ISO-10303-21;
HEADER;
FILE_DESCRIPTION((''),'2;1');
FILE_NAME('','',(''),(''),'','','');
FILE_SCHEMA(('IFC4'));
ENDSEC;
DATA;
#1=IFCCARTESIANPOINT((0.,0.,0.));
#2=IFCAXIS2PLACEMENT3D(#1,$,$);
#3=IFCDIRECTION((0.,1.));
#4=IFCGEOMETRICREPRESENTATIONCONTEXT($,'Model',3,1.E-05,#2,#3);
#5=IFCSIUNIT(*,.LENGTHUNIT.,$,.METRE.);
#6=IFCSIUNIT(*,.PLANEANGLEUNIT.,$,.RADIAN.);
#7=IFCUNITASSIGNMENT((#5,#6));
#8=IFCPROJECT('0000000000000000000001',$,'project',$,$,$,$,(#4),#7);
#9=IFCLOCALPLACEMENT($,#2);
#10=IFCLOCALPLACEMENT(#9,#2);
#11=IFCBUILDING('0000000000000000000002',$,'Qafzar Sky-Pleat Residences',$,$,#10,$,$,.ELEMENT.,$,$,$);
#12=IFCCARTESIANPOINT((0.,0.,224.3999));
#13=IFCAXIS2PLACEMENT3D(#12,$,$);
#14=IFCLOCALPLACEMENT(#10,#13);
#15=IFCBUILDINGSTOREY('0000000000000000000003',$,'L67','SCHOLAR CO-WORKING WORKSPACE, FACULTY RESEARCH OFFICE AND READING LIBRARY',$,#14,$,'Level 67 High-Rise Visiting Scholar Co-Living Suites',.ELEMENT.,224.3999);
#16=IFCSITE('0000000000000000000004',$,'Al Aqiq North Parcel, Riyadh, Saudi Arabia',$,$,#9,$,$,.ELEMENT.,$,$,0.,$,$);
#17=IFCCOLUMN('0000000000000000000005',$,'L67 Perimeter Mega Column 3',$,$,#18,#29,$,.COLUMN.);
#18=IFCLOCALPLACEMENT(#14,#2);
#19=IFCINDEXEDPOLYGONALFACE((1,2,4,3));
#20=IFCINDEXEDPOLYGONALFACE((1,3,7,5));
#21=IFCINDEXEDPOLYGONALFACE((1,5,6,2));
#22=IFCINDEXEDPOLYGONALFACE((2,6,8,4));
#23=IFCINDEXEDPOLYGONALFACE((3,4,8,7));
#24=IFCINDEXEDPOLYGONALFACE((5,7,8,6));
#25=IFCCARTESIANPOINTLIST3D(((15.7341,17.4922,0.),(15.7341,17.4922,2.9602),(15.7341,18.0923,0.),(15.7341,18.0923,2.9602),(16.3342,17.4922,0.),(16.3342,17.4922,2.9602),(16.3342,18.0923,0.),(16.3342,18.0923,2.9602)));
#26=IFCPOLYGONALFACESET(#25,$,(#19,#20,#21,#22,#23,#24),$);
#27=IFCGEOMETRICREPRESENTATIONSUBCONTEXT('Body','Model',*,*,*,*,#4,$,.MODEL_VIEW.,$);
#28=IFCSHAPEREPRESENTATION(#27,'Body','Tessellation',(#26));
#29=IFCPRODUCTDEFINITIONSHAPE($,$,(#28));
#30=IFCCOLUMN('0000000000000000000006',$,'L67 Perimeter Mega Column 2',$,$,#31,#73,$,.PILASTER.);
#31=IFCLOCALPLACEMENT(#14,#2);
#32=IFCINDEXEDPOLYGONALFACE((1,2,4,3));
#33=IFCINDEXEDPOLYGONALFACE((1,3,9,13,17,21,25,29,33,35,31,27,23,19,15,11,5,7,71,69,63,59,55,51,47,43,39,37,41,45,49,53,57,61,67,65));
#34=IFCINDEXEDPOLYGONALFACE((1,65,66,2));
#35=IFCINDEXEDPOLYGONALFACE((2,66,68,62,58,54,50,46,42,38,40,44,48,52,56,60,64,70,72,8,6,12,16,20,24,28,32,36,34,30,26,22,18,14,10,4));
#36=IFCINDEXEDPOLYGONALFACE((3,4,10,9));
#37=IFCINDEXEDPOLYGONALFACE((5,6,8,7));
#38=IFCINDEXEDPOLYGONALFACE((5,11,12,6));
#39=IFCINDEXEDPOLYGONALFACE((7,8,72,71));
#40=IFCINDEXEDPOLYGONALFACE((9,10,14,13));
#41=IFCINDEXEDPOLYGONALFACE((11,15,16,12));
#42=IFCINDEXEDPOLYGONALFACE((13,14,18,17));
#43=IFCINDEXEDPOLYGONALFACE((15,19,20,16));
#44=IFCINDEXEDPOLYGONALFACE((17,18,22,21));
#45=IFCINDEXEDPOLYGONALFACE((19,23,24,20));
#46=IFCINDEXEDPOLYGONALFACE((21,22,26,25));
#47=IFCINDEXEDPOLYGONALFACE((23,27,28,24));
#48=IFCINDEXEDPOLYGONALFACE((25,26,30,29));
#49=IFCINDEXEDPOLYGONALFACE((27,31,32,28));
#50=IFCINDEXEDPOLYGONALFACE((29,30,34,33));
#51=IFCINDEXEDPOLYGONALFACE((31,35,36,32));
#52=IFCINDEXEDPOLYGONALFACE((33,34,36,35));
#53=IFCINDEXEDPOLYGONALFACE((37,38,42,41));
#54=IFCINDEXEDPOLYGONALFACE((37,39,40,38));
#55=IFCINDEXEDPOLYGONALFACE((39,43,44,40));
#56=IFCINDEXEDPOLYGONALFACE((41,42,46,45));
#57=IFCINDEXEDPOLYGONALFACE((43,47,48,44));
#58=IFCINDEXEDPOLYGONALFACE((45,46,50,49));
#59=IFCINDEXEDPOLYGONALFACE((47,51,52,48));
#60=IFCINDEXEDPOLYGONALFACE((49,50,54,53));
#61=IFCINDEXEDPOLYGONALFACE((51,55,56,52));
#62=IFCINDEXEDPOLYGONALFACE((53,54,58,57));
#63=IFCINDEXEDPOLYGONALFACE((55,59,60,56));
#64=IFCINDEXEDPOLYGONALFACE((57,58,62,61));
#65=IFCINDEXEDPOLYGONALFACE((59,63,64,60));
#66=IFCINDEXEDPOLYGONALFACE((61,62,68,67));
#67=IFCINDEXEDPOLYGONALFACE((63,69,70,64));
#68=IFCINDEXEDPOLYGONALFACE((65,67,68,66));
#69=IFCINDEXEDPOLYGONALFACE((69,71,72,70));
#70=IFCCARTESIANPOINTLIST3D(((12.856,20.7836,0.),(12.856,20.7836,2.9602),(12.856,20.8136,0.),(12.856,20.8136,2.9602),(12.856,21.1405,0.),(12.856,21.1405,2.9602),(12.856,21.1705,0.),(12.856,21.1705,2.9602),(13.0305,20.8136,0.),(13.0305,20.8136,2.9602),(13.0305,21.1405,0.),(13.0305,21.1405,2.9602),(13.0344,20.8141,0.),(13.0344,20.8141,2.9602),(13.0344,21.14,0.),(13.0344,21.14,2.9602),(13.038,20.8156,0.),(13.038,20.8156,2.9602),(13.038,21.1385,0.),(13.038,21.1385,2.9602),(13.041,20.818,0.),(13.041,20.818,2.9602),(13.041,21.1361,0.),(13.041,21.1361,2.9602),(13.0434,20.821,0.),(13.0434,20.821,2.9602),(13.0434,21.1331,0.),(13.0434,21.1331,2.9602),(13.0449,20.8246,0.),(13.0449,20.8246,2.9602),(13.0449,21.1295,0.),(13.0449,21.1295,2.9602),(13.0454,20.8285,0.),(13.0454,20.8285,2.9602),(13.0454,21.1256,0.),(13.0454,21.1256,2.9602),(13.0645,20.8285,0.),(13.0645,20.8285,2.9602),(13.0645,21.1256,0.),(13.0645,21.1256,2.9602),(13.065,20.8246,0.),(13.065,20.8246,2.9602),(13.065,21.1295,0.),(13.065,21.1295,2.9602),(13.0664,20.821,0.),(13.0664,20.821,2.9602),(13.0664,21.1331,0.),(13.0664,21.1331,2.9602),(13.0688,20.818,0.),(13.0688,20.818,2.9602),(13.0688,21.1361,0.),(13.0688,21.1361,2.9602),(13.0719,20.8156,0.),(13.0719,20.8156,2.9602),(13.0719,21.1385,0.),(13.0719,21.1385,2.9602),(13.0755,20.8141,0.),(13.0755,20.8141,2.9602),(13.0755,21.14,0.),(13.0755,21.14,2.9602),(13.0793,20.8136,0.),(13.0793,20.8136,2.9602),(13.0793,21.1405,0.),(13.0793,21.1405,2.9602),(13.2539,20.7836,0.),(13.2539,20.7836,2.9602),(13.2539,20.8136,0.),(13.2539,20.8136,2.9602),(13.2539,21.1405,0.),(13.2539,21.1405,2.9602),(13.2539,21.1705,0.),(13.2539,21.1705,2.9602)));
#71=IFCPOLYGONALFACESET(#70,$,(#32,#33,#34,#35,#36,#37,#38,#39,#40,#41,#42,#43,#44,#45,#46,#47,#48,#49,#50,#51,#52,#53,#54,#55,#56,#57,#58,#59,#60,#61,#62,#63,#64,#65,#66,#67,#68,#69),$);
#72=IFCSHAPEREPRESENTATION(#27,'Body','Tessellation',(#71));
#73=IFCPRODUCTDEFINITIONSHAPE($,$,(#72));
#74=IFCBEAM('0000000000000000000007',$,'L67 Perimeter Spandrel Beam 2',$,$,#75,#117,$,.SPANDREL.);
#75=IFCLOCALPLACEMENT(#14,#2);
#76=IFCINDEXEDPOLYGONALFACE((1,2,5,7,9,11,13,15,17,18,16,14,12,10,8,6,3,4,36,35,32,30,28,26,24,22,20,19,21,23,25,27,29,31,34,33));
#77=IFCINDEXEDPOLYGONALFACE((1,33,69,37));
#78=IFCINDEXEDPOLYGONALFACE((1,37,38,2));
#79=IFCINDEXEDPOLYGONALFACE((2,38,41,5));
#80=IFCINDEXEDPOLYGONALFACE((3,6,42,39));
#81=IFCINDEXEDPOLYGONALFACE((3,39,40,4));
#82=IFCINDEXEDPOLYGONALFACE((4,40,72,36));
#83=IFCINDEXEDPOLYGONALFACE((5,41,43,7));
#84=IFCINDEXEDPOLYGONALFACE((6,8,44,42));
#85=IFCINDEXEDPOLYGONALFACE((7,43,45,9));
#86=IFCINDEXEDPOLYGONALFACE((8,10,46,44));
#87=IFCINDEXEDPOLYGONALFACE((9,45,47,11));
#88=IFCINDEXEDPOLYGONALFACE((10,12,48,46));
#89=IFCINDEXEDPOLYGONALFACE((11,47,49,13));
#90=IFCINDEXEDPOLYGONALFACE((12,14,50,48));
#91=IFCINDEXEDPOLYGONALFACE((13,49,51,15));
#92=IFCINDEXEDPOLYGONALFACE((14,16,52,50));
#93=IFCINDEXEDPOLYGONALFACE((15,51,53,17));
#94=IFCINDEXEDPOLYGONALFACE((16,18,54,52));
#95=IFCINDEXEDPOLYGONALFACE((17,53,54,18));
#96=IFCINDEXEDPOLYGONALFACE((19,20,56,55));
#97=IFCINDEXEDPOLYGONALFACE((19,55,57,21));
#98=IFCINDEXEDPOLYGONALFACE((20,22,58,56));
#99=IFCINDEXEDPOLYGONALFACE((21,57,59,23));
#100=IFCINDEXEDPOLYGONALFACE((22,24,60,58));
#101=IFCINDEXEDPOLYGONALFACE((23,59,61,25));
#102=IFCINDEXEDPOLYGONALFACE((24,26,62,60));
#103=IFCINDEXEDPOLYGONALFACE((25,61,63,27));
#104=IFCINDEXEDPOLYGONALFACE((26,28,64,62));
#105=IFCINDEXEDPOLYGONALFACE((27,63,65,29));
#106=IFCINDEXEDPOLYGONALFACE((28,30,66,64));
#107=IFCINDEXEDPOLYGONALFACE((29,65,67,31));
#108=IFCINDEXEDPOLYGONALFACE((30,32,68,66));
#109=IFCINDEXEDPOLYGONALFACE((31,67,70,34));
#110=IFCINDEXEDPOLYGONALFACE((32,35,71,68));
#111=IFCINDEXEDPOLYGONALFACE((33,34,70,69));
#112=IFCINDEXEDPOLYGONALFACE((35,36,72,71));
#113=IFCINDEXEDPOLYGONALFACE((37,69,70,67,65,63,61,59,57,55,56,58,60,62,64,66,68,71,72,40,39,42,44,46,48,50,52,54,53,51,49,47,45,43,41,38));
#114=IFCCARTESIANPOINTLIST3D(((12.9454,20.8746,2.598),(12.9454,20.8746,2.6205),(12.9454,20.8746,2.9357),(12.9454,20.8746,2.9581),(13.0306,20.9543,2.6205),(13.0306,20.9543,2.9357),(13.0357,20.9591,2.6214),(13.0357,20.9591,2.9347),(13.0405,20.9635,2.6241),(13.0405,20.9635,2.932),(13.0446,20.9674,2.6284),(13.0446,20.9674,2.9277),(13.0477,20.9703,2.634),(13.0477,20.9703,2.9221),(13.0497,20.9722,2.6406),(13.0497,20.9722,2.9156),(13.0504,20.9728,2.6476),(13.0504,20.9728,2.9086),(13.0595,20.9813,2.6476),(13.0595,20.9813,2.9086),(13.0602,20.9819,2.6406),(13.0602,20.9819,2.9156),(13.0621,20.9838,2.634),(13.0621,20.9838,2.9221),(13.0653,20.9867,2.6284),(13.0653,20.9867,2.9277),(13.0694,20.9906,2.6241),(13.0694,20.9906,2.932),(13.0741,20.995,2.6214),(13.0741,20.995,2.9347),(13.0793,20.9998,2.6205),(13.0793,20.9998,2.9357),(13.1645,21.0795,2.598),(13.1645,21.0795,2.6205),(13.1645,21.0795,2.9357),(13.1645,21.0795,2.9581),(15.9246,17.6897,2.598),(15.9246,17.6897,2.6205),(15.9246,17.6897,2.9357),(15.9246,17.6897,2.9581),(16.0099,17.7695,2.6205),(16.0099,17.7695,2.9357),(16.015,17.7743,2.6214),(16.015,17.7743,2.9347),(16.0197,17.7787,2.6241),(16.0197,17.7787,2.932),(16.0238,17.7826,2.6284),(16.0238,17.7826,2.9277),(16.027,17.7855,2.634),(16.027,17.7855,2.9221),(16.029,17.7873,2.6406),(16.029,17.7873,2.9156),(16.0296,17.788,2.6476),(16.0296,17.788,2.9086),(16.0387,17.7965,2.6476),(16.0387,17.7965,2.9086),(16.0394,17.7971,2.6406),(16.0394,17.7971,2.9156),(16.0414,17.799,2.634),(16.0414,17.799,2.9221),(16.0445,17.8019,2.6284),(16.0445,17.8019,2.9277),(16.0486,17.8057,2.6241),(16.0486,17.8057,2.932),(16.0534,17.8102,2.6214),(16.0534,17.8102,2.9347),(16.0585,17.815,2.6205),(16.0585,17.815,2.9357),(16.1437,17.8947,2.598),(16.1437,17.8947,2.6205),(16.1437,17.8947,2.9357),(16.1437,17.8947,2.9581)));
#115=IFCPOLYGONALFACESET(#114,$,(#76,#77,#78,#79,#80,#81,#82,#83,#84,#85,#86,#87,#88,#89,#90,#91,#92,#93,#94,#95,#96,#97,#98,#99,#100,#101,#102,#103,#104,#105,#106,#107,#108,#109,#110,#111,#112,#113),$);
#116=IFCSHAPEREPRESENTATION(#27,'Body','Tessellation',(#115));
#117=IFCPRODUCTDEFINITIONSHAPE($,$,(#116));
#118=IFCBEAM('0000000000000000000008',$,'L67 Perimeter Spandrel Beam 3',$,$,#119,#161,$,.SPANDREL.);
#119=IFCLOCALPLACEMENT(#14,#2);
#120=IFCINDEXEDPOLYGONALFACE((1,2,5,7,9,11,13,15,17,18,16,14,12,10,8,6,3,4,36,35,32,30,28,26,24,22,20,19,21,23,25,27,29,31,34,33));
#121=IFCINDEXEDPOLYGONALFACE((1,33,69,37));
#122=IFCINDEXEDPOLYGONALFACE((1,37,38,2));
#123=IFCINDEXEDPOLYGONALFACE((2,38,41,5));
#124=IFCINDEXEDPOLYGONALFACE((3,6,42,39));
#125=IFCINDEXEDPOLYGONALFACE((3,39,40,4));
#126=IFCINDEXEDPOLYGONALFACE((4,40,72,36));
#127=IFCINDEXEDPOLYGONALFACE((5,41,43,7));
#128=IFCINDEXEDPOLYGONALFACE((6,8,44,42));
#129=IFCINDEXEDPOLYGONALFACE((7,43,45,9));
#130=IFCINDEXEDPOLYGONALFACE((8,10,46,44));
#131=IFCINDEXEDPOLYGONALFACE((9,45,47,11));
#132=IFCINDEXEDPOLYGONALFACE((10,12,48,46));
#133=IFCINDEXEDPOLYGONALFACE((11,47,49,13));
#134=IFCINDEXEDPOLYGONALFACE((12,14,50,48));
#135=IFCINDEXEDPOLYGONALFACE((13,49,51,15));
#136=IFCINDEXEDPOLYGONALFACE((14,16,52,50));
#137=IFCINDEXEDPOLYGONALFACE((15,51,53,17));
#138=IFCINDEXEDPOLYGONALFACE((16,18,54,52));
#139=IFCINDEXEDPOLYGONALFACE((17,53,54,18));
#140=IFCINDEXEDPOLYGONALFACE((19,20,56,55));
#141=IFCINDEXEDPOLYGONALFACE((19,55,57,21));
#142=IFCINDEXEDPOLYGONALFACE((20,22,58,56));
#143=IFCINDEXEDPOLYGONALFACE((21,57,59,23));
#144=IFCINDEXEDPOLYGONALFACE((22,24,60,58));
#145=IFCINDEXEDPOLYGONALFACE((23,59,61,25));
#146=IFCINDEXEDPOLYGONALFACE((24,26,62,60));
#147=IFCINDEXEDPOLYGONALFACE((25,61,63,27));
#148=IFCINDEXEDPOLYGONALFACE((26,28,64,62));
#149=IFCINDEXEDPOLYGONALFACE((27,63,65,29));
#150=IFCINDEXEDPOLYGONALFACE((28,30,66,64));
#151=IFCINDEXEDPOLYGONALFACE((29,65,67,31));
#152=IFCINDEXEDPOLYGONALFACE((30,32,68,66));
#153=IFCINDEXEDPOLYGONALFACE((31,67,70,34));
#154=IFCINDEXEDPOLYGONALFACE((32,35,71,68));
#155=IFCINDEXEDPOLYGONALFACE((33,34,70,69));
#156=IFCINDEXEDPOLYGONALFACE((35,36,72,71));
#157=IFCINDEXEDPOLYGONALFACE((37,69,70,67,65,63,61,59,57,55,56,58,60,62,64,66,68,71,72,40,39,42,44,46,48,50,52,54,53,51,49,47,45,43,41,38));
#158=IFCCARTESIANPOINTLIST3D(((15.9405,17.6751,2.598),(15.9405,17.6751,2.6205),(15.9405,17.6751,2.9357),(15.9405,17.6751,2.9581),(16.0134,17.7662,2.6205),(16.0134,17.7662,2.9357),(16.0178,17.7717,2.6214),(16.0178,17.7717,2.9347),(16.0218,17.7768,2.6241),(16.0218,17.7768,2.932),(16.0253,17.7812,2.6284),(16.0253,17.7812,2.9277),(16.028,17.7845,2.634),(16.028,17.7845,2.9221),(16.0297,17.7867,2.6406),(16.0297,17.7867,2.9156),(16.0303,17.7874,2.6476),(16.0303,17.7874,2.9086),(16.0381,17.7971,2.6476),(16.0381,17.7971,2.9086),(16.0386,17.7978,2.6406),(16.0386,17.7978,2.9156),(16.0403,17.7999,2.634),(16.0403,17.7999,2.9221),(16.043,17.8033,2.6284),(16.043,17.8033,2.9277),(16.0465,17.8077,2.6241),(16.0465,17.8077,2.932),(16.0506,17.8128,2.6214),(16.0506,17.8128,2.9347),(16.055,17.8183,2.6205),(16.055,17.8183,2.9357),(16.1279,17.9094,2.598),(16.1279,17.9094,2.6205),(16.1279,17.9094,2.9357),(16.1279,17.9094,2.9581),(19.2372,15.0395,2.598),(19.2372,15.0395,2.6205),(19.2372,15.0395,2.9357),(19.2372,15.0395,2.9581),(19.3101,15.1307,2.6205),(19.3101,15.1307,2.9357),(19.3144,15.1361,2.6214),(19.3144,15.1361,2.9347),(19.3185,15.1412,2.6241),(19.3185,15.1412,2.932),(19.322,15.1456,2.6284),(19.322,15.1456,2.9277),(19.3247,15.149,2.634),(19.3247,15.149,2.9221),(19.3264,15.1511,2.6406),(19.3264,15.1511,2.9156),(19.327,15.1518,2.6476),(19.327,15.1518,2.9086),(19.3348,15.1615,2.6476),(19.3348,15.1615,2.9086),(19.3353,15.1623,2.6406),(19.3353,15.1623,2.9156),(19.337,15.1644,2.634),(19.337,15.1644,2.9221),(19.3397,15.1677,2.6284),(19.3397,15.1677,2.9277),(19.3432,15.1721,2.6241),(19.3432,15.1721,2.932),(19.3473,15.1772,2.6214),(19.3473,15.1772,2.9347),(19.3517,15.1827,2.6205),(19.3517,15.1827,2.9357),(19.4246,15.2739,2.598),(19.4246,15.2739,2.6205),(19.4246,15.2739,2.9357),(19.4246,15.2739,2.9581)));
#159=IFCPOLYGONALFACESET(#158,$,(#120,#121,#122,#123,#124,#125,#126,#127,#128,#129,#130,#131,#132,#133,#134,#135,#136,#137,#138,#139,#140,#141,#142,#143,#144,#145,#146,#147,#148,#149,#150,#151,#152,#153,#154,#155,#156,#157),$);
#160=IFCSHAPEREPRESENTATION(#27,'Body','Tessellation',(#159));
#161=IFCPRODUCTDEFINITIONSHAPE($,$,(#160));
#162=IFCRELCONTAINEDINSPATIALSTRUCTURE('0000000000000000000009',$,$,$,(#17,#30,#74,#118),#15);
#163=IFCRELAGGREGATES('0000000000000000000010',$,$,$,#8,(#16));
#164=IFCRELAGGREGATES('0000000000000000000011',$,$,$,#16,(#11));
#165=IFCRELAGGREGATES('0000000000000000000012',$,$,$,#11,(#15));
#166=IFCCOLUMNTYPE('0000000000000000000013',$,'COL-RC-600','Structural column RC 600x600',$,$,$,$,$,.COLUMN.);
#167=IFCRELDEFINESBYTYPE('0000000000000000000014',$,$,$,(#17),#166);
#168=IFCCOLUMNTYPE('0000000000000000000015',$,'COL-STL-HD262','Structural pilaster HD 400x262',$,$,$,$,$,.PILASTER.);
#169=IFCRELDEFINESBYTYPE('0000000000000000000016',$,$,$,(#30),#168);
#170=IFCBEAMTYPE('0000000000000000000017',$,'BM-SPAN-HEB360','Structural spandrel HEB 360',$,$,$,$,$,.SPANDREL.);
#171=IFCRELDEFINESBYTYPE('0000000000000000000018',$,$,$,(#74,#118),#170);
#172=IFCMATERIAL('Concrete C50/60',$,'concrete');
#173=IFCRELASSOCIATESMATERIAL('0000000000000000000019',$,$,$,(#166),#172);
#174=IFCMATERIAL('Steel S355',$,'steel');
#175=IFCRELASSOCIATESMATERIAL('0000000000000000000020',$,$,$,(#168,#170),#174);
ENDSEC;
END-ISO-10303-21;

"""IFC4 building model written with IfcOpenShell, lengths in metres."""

from ifc_helpers import new_model, si_unit, direction, frame, origin, origin_2d, place, context, subcontext, project, spatial, rectangle, i_section, extrude, source, transform, mapped, material, material_profile, profile_set, type_object, element, save


model = new_model("IFC4")

# Units and contexts
model_context = context("Model", 3, precision=1e-05, world=origin(), true_north=direction((0.0, 1.0)))
body_context = subcontext(model_context, "Body", "Model", "MODEL_VIEW")
ifc_project = project(units=[si_unit("LENGTHUNIT", "METRE"), si_unit("PLANEANGLEUNIT", "RADIAN")], contexts=[model_context])

# Site, building, storey
site_placement = place(None, origin())
site = spatial("IfcSite", under=ifc_project, at=site_placement, Name="Al Aqiq North Parcel, Riyadh, Saudi Arabia", CompositionType="ELEMENT", RefElevation=0.0)
building_placement = place(site_placement, origin())
building = spatial("IfcBuilding", under=site, at=building_placement, Name="Qafzar Sky-Pleat Residences", CompositionType="ELEMENT")
storey_placement = place(building_placement, frame((0.0, 0.0, 224.3999)))
storey = spatial("IfcBuildingStorey", under=building, at=storey_placement, Name="L67", Description="SCHOLAR CO-WORKING WORKSPACE, FACULTY RESEARCH OFFICE AND READING LIBRARY", LongName="Level 67 High-Rise Visiting Scholar Co-Living Suites", CompositionType="ELEMENT", Elevation=224.3999)

# Columns
ifc_material_1 = material(Name="Concrete C50/60", Category="concrete")
ifc_material_profile_1 = material_profile(ifc_material_1, rectangle(XDim=0.6001, YDim=0.6001, at=origin_2d()), Name="RC 600x600")
ifc_profile_set_1 = profile_set([ifc_material_profile_1], Name="Concrete C50/60")
column_type_1 = type_object("IfcColumnType", Name="COL-RC-600", Description="Structural column RC 600x600", PredefinedType="COLUMN", material=ifc_profile_set_1)
shared_shape_1 = source(origin(), body_context, "Body", "SweptSolid", [
    extrude(rectangle(XDim=0.6001, YDim=0.6001, at=origin_2d()), origin(), (0.0, 0.0, 1.0), 2.9602),
])
column_1_placement = place(storey_placement, frame((16.0342, 17.7922, 0.0), z_axis=(0.0, 0.0, 1.0), x_axis=(1.0, 0.0, 0.0)))
element("IfcColumn", 1, at=column_1_placement, inside=storey, type_object=column_type_1, Name="L67 Perimeter Mega Column 3", PredefinedType="COLUMN", context=body_context, shape_type="MappedRepresentation", body=[
    mapped(shared_shape_1, transform((0.0, 0.0, 0.0), x_axis=(1.0, 0.0, 0.0), y_axis=(0.0, 1.0, 0.0), z_axis=(0.0, 0.0, 1.0), scale=1.0)),
])
ifc_material_2 = material(Name="Steel S355", Category="steel")
ifc_material_profile_2 = material_profile(ifc_material_2, i_section(OverallWidth=0.3979, OverallDepth=0.387, WebThickness=0.019, FlangeThickness=0.03, FilletRadius=0.0149, at=origin_2d()), Name="HD 400x262")
ifc_profile_set_2 = profile_set([ifc_material_profile_2], Name="Steel S355")
column_type_2 = type_object("IfcColumnType", Name="COL-STL-HD262", Description="Structural pilaster HD 400x262", PredefinedType="PILASTER", material=ifc_profile_set_2)
shared_shape_2 = source(origin(), body_context, "Body", "SweptSolid", [
    extrude(i_section(OverallWidth=0.3979, OverallDepth=0.387, WebThickness=0.019, FlangeThickness=0.03, FilletRadius=0.0149, at=origin_2d()), origin(), (0.0, 0.0, 1.0), 2.9602),
])
column_2_placement = place(storey_placement, frame((13.0549, 20.9771, 0.0), z_axis=(0.0, 0.0, 1.0), x_axis=(1.0, 0.0, 0.0)))
element("IfcColumn", 2, at=column_2_placement, inside=storey, type_object=column_type_2, Name="L67 Perimeter Mega Column 2", PredefinedType="PILASTER", context=body_context, shape_type="MappedRepresentation", body=[
    mapped(shared_shape_2, transform((0.0, 0.0, 0.0), x_axis=(1.0, 0.0, 0.0), y_axis=(0.0, 1.0, 0.0), z_axis=(0.0, 0.0, 1.0), scale=1.0)),
])

# Beams
ifc_material_profile_3 = material_profile(ifc_material_2, i_section(OverallWidth=0.3, OverallDepth=0.3601, WebThickness=0.0125, FlangeThickness=0.0225, FilletRadius=0.0271, at=origin_2d()), Name="HEB 360")
ifc_profile_set_3 = profile_set([ifc_material_profile_3], Name="Steel S355")
beam_type = type_object("IfcBeamType", Name="BM-SPAN-HEB360", Description="Structural spandrel HEB 360", PredefinedType="SPANDREL", material=ifc_profile_set_3)
shared_shape_3 = source(origin(), body_context, "Body", "SweptSolid", [
    extrude(i_section(OverallWidth=0.3, OverallDepth=0.3601, WebThickness=0.0125, FlangeThickness=0.0225, FilletRadius=0.0271, at=origin_2d()), origin(), (0.0, 0.0, 1.0), 4.3611),
])
beam_1_placement = place(storey_placement, frame((13.0549, 20.9771, 2.7781), z_axis=(0.683146, -0.730282, 0.0), x_axis=(0.730282, 0.683146, 0.0)))
element("IfcBeam", 3, at=beam_1_placement, inside=storey, type_object=beam_type, Name="L67 Perimeter Spandrel Beam 2", PredefinedType="SPANDREL", context=body_context, shape_type="MappedRepresentation", body=[
    mapped(shared_shape_3, transform((0.0, 0.0, 0.0), x_axis=(1.0, 0.0, 0.0), y_axis=(0.0, 1.0, 0.0), z_axis=(0.0, 0.0, 1.0), scale=1.0)),
])
shared_shape_4 = source(origin(), body_context, "Body", "SweptSolid", [
    extrude(i_section(OverallWidth=0.3, OverallDepth=0.3601, WebThickness=0.0125, FlangeThickness=0.0225, FilletRadius=0.0271, at=origin_2d()), origin(), (0.0, 0.0, 1.0), 4.2207),
])
beam_2_placement = place(storey_placement, frame((16.0342, 17.7922, 2.7781), z_axis=(0.781078, -0.624434, 0.0), x_axis=(0.624434, 0.781078, 0.0)))
element("IfcBeam", 4, at=beam_2_placement, inside=storey, type_object=beam_type, Name="L67 Perimeter Spandrel Beam 3", PredefinedType="SPANDREL", context=body_context, shape_type="MappedRepresentation", body=[
    mapped(shared_shape_4, transform((0.0, 0.0, 0.0), x_axis=(1.0, 0.0, 0.0), y_axis=(0.0, 1.0, 0.0), z_axis=(0.0, 0.0, 1.0), scale=1.0)),
])

save(model, "model.ifc")
